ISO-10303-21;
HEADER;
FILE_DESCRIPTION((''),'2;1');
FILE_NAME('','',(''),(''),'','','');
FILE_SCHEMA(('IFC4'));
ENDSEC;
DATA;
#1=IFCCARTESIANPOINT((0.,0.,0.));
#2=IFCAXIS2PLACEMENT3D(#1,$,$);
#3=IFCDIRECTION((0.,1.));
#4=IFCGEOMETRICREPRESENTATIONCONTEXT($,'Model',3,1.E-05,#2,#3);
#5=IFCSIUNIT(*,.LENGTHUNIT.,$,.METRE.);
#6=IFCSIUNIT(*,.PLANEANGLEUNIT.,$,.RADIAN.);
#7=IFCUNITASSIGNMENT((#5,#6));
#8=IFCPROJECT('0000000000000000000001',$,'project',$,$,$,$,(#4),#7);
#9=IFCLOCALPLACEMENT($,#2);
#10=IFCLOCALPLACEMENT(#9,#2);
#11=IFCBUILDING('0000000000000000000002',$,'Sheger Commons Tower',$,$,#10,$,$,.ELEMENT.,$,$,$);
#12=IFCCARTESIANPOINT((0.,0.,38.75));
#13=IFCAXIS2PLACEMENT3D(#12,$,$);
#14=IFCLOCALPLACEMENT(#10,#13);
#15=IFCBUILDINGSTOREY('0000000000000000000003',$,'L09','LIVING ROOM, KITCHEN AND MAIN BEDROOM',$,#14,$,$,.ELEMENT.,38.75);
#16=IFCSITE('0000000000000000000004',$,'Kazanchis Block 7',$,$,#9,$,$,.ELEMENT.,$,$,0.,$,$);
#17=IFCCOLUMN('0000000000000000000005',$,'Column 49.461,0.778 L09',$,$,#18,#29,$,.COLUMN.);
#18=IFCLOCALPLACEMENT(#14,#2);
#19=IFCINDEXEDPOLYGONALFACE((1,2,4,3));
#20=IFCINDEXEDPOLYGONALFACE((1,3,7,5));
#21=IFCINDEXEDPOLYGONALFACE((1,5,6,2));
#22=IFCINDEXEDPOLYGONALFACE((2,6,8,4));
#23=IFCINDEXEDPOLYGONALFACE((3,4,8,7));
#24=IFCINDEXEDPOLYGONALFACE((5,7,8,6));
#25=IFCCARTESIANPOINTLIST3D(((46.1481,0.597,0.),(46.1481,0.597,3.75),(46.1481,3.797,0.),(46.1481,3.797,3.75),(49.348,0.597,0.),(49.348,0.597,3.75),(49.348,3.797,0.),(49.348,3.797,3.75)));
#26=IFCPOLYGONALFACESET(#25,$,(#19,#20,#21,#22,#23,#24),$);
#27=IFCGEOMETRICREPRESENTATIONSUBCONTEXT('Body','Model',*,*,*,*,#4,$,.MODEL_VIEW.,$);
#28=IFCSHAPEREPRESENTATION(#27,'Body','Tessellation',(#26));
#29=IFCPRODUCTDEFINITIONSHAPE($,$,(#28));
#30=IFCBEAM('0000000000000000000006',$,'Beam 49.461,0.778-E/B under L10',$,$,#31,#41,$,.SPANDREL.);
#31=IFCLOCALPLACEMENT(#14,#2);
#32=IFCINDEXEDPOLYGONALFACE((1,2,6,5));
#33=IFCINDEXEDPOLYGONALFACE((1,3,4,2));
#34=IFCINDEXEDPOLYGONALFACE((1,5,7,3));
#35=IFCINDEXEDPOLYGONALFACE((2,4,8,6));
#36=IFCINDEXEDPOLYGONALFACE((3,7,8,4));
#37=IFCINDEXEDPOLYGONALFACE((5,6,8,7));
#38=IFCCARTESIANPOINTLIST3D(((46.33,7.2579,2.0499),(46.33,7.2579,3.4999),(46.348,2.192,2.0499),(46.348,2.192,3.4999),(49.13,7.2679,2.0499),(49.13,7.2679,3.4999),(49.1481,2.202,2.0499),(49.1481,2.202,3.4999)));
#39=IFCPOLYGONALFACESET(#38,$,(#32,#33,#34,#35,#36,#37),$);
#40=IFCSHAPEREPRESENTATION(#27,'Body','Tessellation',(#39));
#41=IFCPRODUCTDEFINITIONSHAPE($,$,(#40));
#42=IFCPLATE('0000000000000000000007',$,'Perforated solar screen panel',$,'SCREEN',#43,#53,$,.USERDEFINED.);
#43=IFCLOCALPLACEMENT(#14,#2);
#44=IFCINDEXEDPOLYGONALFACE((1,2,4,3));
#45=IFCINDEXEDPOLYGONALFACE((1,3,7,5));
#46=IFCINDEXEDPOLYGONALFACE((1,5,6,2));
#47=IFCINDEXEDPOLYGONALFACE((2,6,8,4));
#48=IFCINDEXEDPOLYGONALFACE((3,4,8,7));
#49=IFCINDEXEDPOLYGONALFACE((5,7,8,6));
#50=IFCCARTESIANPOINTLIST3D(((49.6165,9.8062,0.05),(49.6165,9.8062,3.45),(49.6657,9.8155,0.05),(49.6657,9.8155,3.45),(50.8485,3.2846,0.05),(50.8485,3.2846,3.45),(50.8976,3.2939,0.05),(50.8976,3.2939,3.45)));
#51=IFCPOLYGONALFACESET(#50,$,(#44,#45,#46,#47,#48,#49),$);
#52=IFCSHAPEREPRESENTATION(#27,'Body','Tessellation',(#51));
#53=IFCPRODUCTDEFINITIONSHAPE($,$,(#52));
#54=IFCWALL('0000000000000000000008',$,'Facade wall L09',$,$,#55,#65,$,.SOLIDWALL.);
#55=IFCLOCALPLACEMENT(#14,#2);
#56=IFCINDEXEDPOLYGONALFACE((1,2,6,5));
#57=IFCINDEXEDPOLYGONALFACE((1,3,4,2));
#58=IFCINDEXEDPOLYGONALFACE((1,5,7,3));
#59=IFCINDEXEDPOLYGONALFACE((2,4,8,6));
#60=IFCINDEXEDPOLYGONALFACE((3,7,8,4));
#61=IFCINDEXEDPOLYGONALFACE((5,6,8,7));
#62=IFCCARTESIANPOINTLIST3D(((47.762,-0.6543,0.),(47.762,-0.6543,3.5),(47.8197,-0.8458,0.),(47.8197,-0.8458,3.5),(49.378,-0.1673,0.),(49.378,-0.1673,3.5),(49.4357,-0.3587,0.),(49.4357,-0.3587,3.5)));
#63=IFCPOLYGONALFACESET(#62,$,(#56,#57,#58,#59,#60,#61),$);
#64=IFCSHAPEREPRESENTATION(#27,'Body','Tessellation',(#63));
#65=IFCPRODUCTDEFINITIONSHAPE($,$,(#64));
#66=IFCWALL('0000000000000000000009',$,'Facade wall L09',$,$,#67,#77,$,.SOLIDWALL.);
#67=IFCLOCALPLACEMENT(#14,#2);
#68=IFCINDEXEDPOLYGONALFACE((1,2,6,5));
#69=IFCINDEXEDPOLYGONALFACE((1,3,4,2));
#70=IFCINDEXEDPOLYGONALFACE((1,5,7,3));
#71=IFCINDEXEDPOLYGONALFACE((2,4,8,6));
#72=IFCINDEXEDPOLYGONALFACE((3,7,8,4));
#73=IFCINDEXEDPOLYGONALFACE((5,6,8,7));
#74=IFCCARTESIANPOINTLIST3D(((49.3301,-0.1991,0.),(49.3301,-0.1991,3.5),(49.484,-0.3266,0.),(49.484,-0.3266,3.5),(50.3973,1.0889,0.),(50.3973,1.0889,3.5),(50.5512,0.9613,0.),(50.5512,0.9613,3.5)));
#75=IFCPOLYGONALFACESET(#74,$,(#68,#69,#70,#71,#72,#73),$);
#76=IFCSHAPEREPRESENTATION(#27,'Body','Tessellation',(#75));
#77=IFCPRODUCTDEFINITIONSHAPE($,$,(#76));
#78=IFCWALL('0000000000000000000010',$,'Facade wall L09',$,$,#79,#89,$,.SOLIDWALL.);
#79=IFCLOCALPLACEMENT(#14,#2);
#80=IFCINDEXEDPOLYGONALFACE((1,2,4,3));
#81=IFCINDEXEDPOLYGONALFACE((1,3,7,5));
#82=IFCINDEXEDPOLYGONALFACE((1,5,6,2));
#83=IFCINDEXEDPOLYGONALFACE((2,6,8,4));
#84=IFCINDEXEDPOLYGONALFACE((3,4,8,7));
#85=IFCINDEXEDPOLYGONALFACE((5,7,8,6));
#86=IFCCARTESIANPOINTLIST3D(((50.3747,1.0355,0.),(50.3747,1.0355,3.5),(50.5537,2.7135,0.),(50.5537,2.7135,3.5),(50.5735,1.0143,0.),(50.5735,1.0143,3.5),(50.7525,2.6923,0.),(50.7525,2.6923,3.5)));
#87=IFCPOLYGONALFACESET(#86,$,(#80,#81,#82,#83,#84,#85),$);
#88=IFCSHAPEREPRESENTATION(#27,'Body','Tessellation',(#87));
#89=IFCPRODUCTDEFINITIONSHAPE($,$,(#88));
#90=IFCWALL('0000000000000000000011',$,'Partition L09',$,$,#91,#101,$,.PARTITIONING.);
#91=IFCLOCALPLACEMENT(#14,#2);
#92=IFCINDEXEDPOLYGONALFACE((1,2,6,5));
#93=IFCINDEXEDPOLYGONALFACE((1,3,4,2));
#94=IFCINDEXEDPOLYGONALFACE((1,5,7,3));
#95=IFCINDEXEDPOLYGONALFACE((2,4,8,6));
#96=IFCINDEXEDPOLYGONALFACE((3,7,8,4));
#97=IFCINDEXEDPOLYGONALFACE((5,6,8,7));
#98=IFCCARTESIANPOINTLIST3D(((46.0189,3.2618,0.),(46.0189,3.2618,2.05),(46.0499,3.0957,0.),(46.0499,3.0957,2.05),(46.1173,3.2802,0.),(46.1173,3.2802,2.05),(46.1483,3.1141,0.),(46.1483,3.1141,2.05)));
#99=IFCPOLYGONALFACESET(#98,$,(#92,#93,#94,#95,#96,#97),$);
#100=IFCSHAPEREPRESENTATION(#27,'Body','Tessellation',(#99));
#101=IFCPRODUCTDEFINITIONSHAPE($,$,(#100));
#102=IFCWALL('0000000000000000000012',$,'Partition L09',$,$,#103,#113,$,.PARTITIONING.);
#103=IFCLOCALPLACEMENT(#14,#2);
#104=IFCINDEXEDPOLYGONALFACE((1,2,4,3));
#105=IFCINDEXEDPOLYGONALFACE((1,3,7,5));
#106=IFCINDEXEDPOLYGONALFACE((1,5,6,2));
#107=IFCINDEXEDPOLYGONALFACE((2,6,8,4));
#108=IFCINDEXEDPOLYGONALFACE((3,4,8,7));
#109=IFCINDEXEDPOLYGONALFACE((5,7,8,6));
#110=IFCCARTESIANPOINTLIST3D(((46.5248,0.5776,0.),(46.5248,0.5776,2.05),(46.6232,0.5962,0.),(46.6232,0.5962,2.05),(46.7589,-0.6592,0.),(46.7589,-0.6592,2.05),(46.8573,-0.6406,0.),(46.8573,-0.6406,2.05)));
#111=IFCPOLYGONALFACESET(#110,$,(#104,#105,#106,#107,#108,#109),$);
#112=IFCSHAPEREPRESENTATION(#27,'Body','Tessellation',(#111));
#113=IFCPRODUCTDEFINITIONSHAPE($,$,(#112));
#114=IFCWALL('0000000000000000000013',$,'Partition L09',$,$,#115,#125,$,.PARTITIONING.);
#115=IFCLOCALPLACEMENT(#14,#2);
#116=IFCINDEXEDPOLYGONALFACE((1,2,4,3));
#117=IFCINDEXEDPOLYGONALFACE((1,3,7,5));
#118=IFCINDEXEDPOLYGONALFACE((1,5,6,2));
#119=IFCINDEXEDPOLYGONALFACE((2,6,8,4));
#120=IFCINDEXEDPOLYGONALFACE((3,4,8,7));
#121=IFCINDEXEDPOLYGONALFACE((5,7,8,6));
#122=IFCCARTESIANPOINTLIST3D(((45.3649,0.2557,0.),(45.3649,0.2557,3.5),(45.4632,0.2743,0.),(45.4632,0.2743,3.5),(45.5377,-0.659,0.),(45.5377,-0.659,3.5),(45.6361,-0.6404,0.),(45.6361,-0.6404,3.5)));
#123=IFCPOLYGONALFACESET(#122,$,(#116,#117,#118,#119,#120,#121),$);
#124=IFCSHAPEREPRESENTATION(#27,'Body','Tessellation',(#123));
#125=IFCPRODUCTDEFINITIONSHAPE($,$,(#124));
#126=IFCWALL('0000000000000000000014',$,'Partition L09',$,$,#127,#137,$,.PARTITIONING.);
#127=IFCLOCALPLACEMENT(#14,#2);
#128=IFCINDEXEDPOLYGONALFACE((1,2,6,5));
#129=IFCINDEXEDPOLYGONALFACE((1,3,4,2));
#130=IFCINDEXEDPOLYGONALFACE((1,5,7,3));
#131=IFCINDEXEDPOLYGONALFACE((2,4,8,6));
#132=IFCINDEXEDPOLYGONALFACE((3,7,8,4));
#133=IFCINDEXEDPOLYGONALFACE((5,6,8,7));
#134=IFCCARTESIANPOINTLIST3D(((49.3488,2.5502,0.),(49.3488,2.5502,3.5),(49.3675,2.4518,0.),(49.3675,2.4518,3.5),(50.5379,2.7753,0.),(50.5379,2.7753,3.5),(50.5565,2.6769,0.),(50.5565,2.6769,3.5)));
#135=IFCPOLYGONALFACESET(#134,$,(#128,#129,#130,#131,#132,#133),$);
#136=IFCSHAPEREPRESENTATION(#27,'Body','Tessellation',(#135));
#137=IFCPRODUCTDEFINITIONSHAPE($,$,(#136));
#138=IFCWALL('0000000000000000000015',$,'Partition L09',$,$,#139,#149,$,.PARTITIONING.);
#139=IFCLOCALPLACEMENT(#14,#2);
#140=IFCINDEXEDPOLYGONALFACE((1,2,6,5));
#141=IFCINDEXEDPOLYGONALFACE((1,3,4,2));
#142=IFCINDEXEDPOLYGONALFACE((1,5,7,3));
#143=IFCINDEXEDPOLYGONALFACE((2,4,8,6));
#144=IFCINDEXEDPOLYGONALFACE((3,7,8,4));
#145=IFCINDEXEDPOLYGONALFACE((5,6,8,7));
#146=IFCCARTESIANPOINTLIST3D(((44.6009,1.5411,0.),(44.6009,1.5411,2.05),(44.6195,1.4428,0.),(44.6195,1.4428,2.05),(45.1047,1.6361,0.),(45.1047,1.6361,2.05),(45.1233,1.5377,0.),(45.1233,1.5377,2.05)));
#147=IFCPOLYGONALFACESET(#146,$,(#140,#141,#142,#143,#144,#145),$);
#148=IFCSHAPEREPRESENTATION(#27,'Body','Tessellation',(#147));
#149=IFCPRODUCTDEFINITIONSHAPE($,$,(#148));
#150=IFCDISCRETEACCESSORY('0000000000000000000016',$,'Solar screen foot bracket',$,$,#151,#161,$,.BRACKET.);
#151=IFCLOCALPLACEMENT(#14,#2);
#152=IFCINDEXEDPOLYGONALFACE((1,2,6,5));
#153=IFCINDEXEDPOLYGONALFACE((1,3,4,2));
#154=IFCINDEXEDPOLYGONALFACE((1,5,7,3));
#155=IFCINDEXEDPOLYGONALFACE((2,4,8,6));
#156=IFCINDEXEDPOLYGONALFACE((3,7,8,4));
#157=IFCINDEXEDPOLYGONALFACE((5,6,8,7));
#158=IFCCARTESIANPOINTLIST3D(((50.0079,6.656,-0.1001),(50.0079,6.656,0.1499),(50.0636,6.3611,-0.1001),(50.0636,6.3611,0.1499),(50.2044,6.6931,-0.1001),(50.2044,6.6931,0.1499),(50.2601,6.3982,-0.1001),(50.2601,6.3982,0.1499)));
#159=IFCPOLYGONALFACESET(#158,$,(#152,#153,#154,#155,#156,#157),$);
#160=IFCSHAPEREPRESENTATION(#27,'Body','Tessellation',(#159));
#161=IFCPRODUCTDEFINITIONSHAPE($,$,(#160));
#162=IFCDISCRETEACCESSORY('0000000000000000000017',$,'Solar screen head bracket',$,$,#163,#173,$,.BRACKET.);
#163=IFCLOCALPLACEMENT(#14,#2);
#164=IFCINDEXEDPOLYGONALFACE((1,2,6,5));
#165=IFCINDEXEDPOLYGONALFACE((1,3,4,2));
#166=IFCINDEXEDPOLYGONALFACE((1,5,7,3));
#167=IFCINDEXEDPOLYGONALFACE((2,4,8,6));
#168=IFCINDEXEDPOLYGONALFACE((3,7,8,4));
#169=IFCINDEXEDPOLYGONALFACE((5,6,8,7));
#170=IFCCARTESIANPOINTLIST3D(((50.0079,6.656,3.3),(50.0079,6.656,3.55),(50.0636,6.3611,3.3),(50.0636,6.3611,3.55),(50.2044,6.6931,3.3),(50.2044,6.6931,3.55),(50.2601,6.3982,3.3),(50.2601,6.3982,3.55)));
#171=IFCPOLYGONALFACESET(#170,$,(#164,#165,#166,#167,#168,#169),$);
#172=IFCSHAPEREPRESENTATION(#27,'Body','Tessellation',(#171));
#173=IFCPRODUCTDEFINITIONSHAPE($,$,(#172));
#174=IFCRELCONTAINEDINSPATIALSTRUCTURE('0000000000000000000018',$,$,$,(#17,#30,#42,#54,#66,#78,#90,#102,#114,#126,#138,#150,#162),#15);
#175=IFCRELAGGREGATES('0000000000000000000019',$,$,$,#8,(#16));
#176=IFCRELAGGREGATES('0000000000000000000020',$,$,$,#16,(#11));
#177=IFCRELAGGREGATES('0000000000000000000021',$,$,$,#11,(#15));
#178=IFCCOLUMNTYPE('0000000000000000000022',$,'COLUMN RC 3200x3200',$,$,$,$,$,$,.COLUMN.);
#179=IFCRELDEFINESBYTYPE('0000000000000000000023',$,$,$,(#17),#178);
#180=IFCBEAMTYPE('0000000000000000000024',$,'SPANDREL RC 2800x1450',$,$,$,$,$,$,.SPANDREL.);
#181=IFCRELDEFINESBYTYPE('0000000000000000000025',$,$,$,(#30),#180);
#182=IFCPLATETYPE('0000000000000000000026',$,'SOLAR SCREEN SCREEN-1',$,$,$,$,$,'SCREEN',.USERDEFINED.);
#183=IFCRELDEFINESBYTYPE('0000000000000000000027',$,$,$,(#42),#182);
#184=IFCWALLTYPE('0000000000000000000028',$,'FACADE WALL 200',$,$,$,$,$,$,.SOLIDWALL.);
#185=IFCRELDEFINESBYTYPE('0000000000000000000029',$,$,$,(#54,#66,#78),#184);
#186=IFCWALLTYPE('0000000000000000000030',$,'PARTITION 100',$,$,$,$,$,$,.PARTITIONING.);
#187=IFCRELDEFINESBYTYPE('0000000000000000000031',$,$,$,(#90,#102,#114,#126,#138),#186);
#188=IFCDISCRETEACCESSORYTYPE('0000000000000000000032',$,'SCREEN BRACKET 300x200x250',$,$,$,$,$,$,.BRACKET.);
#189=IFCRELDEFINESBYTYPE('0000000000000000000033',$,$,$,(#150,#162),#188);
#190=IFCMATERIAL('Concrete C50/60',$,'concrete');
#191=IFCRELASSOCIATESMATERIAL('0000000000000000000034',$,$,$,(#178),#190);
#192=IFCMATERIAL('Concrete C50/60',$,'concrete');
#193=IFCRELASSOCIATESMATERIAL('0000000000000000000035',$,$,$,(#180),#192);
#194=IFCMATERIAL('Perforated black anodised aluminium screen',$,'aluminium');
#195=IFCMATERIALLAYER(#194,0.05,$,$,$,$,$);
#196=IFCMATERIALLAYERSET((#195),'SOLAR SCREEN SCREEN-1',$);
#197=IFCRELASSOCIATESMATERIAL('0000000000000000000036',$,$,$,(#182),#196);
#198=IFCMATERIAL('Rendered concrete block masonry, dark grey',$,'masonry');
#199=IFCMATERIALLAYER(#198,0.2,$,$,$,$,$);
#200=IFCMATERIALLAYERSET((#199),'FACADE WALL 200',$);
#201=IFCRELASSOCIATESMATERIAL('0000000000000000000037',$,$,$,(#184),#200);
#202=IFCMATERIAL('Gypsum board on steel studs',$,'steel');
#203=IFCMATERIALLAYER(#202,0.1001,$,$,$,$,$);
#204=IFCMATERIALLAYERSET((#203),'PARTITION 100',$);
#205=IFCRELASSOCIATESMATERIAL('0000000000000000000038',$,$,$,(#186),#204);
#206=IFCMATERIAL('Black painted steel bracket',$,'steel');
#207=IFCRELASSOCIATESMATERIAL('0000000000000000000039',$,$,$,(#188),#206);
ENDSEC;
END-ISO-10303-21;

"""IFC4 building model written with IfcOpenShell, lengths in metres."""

from ifc_helpers import new_model, si_unit, direction, frame, frame_2d, origin, origin_2d, place, context, subcontext, project, spatial, rectangle, extrude, material, layer, layer_set, material_profile, profile_set, type_object, element, save


model = new_model("IFC4")

# Units and contexts
model_context = context("Model", 3, precision=1e-05, world=origin(), true_north=direction((0.0, 1.0)))
body_context = subcontext(model_context, "Body", "Model", "MODEL_VIEW")
ifc_project = project(units=[si_unit("LENGTHUNIT", "METRE"), si_unit("PLANEANGLEUNIT", "RADIAN")], contexts=[model_context])

# Site, building, storey
site_placement = place(None, origin())
site = spatial("IfcSite", under=ifc_project, at=site_placement, Name="Kazanchis Block 7", CompositionType="ELEMENT", RefElevation=0.0)
building_placement = place(site_placement, origin())
building = spatial("IfcBuilding", under=site, at=building_placement, Name="Sheger Commons Tower", CompositionType="ELEMENT")
storey_placement = place(building_placement, frame((0.0, 0.0, 38.75)))
storey = spatial("IfcBuildingStorey", under=building, at=storey_placement, Name="L09", Description="LIVING ROOM, KITCHEN AND MAIN BEDROOM", CompositionType="ELEMENT", Elevation=38.75)

# Column
ifc_material_1 = material(Name="Concrete C50/60", Category="concrete")
ifc_material_profile_1 = material_profile(ifc_material_1, rectangle(XDim=3.2, YDim=3.2, at=origin_2d()), Name="RC 3200x3200")
ifc_profile_set_1 = profile_set([ifc_material_profile_1], Name="Concrete C50/60")
column_type = type_object("IfcColumnType", Name="COLUMN RC 3200x3200", PredefinedType="COLUMN", material=ifc_profile_set_1)
column_placement = place(storey_placement, frame((47.748, 2.197, 0.0), z_axis=(0.0, 0.0, 1.0), x_axis=(1.0, 0.0, 0.0)))
element("IfcColumn", 1, at=column_placement, inside=storey, type_object=column_type, Name="Column 49.461,0.778 L09", PredefinedType="COLUMN", context=body_context, shape_type="SweptSolid", body=[
    extrude(rectangle(XDim=3.2, YDim=3.2, at=origin_2d()), origin(), (0.0, 0.0, 1.0), 3.75),
])

# Beam
ifc_material_2 = material(Name="Concrete C50/60", Category="concrete")
ifc_material_profile_2 = material_profile(ifc_material_2, rectangle(XDim=2.8, YDim=1.45, at=origin_2d()), Name="RC 2800x1450")
ifc_profile_set_2 = profile_set([ifc_material_profile_2], Name="Concrete C50/60")
beam_type = type_object("IfcBeamType", Name="SPANDREL RC 2800x1450", PredefinedType="SPANDREL", material=ifc_profile_set_2)
beam_placement = place(storey_placement, frame((47.748, 2.197, 2.7749), z_axis=(-0.003566, 0.999994, 0.0), x_axis=(-0.999994, -0.003566, 0.0)))
element("IfcBeam", 2, at=beam_placement, inside=storey, type_object=beam_type, Name="Beam 49.461,0.778-E/B under L10", PredefinedType="SPANDREL", context=body_context, shape_type="SweptSolid", body=[
    extrude(rectangle(XDim=2.8, YDim=1.45, at=origin_2d()), origin(), (0.0, 0.0, 1.0), 5.0659),
])

# Plate
ifc_material_3 = material(Name="Perforated black anodised aluminium screen", Category="aluminium")
ifc_layer_1 = layer(ifc_material_3, 0.05)
ifc_layer_set_1 = layer_set([ifc_layer_1], Name="SOLAR SCREEN SCREEN-1")
plate_type = type_object("IfcPlateType", Name="SOLAR SCREEN SCREEN-1", ElementType="SCREEN", PredefinedType="USERDEFINED", material=ifc_layer_set_1)
plate_placement = place(storey_placement, frame((50.2571, 6.55, 0.05), z_axis=(0.0, 0.0, 1.0), x_axis=(-0.185615, 0.982623, 0.0)))
element("IfcPlate", 3, at=plate_placement, inside=storey, type_object=plate_type, Name="Perforated solar screen panel", ObjectType="SCREEN", PredefinedType="USERDEFINED", context=body_context, shape_type="SweptSolid", body=[
    extrude(rectangle(XDim=6.637, YDim=0.05, at=origin_2d()), origin(), (0.0, 0.0, 1.0), 3.3999),
])

# Walls
ifc_material_4 = material(Name="Rendered concrete block masonry, dark grey", Category="masonry")
ifc_layer_2 = layer(ifc_material_4, 0.2)
ifc_layer_set_2 = layer_set([ifc_layer_2], Name="FACADE WALL 200")
wall_type_1 = type_object("IfcWallType", Name="FACADE WALL 200", PredefinedType="SOLIDWALL", material=ifc_layer_set_2)
wall_1_placement = place(storey_placement, frame((47.791, -0.75, 0.0), z_axis=(0.0, 0.0, 1.0), x_axis=(0.957455, 0.288582, 0.0)))
element("IfcWall", 4, at=wall_1_placement, inside=storey, type_object=wall_type_1, Name="Facade wall L09", PredefinedType="SOLIDWALL", context=body_context, shape_type="SweptSolid", body=[
    extrude(rectangle(XDim=1.6877, YDim=0.2, at=frame_2d((0.8438, 0.0))), origin(), (0.0, 0.0, 1.0), 3.5),
])
wall_2_placement = place(storey_placement, frame((49.407, -0.2629, 0.0), z_axis=(0.0, 0.0, 1.0), x_axis=(0.638043, 0.770001, 0.0)))
element("IfcWall", 5, at=wall_2_placement, inside=storey, type_object=wall_type_1, Name="Facade wall L09", PredefinedType="SOLIDWALL", context=body_context, shape_type="SweptSolid", body=[
    extrude(rectangle(XDim=1.6726, YDim=0.2, at=frame_2d((0.8364, 0.0))), origin(), (0.0, 0.0, 1.0), 3.5),
])
wall_3_placement = place(storey_placement, frame((50.4741, 1.0249, 0.0), z_axis=(0.0, 0.0, 1.0), x_axis=(0.106048, 0.994361, 0.0)))
element("IfcWall", 6, at=wall_3_placement, inside=storey, type_object=wall_type_1, Name="Facade wall L09", PredefinedType="SOLIDWALL", context=body_context, shape_type="SweptSolid", body=[
    extrude(rectangle(XDim=1.6875, YDim=0.2, at=frame_2d((0.8438, 0.0))), origin(), (0.0, 0.0, 1.0), 3.5),
])

# Walls
ifc_material_5 = material(Name="Gypsum board on steel studs", Category="steel")
ifc_layer_3 = layer(ifc_material_5, 0.1001)
ifc_layer_set_3 = layer_set([ifc_layer_3], Name="PARTITION 100")
wall_type_2 = type_object("IfcWallType", Name="PARTITION 100", PredefinedType="PARTITIONING", material=ifc_layer_set_3)
wall_4_placement = place(storey_placement, frame((46.0681, 3.271, 0.0), z_axis=(0.0, 0.0, 1.0), x_axis=(0.18359, -0.983003, 0.0)))
element("IfcWall", 7, at=wall_4_placement, inside=storey, type_object=wall_type_2, Name="Partition L09", PredefinedType="PARTITIONING", context=body_context, shape_type="SweptSolid", body=[
    extrude(rectangle(XDim=0.1689, YDim=0.1001, at=frame_2d((0.0845, 0.0))), origin(), (0.0, 0.0, 1.0), 2.05),
])
wall_5_placement = place(storey_placement, frame((46.574, 0.5869, 0.0), z_axis=(0.0, 0.0, 1.0), x_axis=(0.185998, -0.98255, 0.0)))
element("IfcWall", 8, at=wall_5_placement, inside=storey, type_object=wall_type_2, Name="Partition L09", PredefinedType="PARTITIONING", context=body_context, shape_type="SweptSolid", body=[
    extrude(rectangle(XDim=1.2588, YDim=0.1001, at=frame_2d((0.6294, 0.0))), origin(), (0.0, 0.0, 1.0), 2.05),
])
wall_6_placement = place(storey_placement, frame((45.4141, 0.2649, 0.0), z_axis=(0.0, 0.0, 1.0), x_axis=(0.185666, -0.982613, 0.0)))
element("IfcWall", 9, at=wall_6_placement, inside=storey, type_object=wall_type_2, Name="Partition L09", PredefinedType="PARTITIONING", context=body_context, shape_type="SweptSolid", body=[
    extrude(rectangle(XDim=0.9309, YDim=0.1001, at=frame_2d((0.4653, 0.0))), origin(), (0.0, 0.0, 1.0), 3.5),
])
wall_7_placement = place(storey_placement, frame((50.5471, 2.7261, 0.0), z_axis=(0.0, 0.0, 1.0), x_axis=(-0.982553, -0.185981, 0.0)))
element("IfcWall", 10, at=wall_7_placement, inside=storey, type_object=wall_type_2, Name="Partition L09", PredefinedType="PARTITIONING", context=body_context, shape_type="SweptSolid", body=[
    extrude(rectangle(XDim=1.2102, YDim=0.1001, at=frame_2d((0.605, 0.0))), origin(), (0.0, 0.0, 1.0), 3.5),
])
wall_8_placement = place(storey_placement, frame((45.114, 1.5869, 0.0), z_axis=(0.0, 0.0, 1.0), x_axis=(-0.982699, -0.185208, 0.0)))
element("IfcWall", 11, at=wall_8_placement, inside=storey, type_object=wall_type_2, Name="Partition L09", PredefinedType="PARTITIONING", context=body_context, shape_type="SweptSolid", body=[
    extrude(rectangle(XDim=0.5127, YDim=0.1001, at=frame_2d((0.2563, 0.0))), origin(), (0.0, 0.0, 1.0), 2.05),
])

# Discrete accessories
ifc_material_6 = material(Name="Black painted steel bracket", Category="steel")
discrete_accessory_type = type_object("IfcDiscreteAccessoryType", Name="SCREEN BRACKET 300x200x250", PredefinedType="BRACKET", material=ifc_material_6)
for number, where, z_axis, x_axis, name in (
    (12, (50.134, 6.5271, -0.1001), (0.0, 0.0, 1.0), (-0.185615, 0.982623, 0.0), "Solar screen foot bracket"),
    (13, (50.134, 6.5271, 3.3), (0.0, 0.0, 1.0), (-0.185615, 0.982623, 0.0), "Solar screen head bracket"),
):
    element("IfcDiscreteAccessory", number, at=place(storey_placement, frame(where, z_axis=z_axis, x_axis=x_axis)), inside=storey, type_object=discrete_accessory_type, Name=name, PredefinedType="BRACKET", context=body_context, shape_type="SweptSolid", body=[
        extrude(rectangle(XDim=0.3, YDim=0.2, at=origin_2d()), origin(), (0.0, 0.0, 1.0), 0.25),
    ])

save(model, "model.ifc")
